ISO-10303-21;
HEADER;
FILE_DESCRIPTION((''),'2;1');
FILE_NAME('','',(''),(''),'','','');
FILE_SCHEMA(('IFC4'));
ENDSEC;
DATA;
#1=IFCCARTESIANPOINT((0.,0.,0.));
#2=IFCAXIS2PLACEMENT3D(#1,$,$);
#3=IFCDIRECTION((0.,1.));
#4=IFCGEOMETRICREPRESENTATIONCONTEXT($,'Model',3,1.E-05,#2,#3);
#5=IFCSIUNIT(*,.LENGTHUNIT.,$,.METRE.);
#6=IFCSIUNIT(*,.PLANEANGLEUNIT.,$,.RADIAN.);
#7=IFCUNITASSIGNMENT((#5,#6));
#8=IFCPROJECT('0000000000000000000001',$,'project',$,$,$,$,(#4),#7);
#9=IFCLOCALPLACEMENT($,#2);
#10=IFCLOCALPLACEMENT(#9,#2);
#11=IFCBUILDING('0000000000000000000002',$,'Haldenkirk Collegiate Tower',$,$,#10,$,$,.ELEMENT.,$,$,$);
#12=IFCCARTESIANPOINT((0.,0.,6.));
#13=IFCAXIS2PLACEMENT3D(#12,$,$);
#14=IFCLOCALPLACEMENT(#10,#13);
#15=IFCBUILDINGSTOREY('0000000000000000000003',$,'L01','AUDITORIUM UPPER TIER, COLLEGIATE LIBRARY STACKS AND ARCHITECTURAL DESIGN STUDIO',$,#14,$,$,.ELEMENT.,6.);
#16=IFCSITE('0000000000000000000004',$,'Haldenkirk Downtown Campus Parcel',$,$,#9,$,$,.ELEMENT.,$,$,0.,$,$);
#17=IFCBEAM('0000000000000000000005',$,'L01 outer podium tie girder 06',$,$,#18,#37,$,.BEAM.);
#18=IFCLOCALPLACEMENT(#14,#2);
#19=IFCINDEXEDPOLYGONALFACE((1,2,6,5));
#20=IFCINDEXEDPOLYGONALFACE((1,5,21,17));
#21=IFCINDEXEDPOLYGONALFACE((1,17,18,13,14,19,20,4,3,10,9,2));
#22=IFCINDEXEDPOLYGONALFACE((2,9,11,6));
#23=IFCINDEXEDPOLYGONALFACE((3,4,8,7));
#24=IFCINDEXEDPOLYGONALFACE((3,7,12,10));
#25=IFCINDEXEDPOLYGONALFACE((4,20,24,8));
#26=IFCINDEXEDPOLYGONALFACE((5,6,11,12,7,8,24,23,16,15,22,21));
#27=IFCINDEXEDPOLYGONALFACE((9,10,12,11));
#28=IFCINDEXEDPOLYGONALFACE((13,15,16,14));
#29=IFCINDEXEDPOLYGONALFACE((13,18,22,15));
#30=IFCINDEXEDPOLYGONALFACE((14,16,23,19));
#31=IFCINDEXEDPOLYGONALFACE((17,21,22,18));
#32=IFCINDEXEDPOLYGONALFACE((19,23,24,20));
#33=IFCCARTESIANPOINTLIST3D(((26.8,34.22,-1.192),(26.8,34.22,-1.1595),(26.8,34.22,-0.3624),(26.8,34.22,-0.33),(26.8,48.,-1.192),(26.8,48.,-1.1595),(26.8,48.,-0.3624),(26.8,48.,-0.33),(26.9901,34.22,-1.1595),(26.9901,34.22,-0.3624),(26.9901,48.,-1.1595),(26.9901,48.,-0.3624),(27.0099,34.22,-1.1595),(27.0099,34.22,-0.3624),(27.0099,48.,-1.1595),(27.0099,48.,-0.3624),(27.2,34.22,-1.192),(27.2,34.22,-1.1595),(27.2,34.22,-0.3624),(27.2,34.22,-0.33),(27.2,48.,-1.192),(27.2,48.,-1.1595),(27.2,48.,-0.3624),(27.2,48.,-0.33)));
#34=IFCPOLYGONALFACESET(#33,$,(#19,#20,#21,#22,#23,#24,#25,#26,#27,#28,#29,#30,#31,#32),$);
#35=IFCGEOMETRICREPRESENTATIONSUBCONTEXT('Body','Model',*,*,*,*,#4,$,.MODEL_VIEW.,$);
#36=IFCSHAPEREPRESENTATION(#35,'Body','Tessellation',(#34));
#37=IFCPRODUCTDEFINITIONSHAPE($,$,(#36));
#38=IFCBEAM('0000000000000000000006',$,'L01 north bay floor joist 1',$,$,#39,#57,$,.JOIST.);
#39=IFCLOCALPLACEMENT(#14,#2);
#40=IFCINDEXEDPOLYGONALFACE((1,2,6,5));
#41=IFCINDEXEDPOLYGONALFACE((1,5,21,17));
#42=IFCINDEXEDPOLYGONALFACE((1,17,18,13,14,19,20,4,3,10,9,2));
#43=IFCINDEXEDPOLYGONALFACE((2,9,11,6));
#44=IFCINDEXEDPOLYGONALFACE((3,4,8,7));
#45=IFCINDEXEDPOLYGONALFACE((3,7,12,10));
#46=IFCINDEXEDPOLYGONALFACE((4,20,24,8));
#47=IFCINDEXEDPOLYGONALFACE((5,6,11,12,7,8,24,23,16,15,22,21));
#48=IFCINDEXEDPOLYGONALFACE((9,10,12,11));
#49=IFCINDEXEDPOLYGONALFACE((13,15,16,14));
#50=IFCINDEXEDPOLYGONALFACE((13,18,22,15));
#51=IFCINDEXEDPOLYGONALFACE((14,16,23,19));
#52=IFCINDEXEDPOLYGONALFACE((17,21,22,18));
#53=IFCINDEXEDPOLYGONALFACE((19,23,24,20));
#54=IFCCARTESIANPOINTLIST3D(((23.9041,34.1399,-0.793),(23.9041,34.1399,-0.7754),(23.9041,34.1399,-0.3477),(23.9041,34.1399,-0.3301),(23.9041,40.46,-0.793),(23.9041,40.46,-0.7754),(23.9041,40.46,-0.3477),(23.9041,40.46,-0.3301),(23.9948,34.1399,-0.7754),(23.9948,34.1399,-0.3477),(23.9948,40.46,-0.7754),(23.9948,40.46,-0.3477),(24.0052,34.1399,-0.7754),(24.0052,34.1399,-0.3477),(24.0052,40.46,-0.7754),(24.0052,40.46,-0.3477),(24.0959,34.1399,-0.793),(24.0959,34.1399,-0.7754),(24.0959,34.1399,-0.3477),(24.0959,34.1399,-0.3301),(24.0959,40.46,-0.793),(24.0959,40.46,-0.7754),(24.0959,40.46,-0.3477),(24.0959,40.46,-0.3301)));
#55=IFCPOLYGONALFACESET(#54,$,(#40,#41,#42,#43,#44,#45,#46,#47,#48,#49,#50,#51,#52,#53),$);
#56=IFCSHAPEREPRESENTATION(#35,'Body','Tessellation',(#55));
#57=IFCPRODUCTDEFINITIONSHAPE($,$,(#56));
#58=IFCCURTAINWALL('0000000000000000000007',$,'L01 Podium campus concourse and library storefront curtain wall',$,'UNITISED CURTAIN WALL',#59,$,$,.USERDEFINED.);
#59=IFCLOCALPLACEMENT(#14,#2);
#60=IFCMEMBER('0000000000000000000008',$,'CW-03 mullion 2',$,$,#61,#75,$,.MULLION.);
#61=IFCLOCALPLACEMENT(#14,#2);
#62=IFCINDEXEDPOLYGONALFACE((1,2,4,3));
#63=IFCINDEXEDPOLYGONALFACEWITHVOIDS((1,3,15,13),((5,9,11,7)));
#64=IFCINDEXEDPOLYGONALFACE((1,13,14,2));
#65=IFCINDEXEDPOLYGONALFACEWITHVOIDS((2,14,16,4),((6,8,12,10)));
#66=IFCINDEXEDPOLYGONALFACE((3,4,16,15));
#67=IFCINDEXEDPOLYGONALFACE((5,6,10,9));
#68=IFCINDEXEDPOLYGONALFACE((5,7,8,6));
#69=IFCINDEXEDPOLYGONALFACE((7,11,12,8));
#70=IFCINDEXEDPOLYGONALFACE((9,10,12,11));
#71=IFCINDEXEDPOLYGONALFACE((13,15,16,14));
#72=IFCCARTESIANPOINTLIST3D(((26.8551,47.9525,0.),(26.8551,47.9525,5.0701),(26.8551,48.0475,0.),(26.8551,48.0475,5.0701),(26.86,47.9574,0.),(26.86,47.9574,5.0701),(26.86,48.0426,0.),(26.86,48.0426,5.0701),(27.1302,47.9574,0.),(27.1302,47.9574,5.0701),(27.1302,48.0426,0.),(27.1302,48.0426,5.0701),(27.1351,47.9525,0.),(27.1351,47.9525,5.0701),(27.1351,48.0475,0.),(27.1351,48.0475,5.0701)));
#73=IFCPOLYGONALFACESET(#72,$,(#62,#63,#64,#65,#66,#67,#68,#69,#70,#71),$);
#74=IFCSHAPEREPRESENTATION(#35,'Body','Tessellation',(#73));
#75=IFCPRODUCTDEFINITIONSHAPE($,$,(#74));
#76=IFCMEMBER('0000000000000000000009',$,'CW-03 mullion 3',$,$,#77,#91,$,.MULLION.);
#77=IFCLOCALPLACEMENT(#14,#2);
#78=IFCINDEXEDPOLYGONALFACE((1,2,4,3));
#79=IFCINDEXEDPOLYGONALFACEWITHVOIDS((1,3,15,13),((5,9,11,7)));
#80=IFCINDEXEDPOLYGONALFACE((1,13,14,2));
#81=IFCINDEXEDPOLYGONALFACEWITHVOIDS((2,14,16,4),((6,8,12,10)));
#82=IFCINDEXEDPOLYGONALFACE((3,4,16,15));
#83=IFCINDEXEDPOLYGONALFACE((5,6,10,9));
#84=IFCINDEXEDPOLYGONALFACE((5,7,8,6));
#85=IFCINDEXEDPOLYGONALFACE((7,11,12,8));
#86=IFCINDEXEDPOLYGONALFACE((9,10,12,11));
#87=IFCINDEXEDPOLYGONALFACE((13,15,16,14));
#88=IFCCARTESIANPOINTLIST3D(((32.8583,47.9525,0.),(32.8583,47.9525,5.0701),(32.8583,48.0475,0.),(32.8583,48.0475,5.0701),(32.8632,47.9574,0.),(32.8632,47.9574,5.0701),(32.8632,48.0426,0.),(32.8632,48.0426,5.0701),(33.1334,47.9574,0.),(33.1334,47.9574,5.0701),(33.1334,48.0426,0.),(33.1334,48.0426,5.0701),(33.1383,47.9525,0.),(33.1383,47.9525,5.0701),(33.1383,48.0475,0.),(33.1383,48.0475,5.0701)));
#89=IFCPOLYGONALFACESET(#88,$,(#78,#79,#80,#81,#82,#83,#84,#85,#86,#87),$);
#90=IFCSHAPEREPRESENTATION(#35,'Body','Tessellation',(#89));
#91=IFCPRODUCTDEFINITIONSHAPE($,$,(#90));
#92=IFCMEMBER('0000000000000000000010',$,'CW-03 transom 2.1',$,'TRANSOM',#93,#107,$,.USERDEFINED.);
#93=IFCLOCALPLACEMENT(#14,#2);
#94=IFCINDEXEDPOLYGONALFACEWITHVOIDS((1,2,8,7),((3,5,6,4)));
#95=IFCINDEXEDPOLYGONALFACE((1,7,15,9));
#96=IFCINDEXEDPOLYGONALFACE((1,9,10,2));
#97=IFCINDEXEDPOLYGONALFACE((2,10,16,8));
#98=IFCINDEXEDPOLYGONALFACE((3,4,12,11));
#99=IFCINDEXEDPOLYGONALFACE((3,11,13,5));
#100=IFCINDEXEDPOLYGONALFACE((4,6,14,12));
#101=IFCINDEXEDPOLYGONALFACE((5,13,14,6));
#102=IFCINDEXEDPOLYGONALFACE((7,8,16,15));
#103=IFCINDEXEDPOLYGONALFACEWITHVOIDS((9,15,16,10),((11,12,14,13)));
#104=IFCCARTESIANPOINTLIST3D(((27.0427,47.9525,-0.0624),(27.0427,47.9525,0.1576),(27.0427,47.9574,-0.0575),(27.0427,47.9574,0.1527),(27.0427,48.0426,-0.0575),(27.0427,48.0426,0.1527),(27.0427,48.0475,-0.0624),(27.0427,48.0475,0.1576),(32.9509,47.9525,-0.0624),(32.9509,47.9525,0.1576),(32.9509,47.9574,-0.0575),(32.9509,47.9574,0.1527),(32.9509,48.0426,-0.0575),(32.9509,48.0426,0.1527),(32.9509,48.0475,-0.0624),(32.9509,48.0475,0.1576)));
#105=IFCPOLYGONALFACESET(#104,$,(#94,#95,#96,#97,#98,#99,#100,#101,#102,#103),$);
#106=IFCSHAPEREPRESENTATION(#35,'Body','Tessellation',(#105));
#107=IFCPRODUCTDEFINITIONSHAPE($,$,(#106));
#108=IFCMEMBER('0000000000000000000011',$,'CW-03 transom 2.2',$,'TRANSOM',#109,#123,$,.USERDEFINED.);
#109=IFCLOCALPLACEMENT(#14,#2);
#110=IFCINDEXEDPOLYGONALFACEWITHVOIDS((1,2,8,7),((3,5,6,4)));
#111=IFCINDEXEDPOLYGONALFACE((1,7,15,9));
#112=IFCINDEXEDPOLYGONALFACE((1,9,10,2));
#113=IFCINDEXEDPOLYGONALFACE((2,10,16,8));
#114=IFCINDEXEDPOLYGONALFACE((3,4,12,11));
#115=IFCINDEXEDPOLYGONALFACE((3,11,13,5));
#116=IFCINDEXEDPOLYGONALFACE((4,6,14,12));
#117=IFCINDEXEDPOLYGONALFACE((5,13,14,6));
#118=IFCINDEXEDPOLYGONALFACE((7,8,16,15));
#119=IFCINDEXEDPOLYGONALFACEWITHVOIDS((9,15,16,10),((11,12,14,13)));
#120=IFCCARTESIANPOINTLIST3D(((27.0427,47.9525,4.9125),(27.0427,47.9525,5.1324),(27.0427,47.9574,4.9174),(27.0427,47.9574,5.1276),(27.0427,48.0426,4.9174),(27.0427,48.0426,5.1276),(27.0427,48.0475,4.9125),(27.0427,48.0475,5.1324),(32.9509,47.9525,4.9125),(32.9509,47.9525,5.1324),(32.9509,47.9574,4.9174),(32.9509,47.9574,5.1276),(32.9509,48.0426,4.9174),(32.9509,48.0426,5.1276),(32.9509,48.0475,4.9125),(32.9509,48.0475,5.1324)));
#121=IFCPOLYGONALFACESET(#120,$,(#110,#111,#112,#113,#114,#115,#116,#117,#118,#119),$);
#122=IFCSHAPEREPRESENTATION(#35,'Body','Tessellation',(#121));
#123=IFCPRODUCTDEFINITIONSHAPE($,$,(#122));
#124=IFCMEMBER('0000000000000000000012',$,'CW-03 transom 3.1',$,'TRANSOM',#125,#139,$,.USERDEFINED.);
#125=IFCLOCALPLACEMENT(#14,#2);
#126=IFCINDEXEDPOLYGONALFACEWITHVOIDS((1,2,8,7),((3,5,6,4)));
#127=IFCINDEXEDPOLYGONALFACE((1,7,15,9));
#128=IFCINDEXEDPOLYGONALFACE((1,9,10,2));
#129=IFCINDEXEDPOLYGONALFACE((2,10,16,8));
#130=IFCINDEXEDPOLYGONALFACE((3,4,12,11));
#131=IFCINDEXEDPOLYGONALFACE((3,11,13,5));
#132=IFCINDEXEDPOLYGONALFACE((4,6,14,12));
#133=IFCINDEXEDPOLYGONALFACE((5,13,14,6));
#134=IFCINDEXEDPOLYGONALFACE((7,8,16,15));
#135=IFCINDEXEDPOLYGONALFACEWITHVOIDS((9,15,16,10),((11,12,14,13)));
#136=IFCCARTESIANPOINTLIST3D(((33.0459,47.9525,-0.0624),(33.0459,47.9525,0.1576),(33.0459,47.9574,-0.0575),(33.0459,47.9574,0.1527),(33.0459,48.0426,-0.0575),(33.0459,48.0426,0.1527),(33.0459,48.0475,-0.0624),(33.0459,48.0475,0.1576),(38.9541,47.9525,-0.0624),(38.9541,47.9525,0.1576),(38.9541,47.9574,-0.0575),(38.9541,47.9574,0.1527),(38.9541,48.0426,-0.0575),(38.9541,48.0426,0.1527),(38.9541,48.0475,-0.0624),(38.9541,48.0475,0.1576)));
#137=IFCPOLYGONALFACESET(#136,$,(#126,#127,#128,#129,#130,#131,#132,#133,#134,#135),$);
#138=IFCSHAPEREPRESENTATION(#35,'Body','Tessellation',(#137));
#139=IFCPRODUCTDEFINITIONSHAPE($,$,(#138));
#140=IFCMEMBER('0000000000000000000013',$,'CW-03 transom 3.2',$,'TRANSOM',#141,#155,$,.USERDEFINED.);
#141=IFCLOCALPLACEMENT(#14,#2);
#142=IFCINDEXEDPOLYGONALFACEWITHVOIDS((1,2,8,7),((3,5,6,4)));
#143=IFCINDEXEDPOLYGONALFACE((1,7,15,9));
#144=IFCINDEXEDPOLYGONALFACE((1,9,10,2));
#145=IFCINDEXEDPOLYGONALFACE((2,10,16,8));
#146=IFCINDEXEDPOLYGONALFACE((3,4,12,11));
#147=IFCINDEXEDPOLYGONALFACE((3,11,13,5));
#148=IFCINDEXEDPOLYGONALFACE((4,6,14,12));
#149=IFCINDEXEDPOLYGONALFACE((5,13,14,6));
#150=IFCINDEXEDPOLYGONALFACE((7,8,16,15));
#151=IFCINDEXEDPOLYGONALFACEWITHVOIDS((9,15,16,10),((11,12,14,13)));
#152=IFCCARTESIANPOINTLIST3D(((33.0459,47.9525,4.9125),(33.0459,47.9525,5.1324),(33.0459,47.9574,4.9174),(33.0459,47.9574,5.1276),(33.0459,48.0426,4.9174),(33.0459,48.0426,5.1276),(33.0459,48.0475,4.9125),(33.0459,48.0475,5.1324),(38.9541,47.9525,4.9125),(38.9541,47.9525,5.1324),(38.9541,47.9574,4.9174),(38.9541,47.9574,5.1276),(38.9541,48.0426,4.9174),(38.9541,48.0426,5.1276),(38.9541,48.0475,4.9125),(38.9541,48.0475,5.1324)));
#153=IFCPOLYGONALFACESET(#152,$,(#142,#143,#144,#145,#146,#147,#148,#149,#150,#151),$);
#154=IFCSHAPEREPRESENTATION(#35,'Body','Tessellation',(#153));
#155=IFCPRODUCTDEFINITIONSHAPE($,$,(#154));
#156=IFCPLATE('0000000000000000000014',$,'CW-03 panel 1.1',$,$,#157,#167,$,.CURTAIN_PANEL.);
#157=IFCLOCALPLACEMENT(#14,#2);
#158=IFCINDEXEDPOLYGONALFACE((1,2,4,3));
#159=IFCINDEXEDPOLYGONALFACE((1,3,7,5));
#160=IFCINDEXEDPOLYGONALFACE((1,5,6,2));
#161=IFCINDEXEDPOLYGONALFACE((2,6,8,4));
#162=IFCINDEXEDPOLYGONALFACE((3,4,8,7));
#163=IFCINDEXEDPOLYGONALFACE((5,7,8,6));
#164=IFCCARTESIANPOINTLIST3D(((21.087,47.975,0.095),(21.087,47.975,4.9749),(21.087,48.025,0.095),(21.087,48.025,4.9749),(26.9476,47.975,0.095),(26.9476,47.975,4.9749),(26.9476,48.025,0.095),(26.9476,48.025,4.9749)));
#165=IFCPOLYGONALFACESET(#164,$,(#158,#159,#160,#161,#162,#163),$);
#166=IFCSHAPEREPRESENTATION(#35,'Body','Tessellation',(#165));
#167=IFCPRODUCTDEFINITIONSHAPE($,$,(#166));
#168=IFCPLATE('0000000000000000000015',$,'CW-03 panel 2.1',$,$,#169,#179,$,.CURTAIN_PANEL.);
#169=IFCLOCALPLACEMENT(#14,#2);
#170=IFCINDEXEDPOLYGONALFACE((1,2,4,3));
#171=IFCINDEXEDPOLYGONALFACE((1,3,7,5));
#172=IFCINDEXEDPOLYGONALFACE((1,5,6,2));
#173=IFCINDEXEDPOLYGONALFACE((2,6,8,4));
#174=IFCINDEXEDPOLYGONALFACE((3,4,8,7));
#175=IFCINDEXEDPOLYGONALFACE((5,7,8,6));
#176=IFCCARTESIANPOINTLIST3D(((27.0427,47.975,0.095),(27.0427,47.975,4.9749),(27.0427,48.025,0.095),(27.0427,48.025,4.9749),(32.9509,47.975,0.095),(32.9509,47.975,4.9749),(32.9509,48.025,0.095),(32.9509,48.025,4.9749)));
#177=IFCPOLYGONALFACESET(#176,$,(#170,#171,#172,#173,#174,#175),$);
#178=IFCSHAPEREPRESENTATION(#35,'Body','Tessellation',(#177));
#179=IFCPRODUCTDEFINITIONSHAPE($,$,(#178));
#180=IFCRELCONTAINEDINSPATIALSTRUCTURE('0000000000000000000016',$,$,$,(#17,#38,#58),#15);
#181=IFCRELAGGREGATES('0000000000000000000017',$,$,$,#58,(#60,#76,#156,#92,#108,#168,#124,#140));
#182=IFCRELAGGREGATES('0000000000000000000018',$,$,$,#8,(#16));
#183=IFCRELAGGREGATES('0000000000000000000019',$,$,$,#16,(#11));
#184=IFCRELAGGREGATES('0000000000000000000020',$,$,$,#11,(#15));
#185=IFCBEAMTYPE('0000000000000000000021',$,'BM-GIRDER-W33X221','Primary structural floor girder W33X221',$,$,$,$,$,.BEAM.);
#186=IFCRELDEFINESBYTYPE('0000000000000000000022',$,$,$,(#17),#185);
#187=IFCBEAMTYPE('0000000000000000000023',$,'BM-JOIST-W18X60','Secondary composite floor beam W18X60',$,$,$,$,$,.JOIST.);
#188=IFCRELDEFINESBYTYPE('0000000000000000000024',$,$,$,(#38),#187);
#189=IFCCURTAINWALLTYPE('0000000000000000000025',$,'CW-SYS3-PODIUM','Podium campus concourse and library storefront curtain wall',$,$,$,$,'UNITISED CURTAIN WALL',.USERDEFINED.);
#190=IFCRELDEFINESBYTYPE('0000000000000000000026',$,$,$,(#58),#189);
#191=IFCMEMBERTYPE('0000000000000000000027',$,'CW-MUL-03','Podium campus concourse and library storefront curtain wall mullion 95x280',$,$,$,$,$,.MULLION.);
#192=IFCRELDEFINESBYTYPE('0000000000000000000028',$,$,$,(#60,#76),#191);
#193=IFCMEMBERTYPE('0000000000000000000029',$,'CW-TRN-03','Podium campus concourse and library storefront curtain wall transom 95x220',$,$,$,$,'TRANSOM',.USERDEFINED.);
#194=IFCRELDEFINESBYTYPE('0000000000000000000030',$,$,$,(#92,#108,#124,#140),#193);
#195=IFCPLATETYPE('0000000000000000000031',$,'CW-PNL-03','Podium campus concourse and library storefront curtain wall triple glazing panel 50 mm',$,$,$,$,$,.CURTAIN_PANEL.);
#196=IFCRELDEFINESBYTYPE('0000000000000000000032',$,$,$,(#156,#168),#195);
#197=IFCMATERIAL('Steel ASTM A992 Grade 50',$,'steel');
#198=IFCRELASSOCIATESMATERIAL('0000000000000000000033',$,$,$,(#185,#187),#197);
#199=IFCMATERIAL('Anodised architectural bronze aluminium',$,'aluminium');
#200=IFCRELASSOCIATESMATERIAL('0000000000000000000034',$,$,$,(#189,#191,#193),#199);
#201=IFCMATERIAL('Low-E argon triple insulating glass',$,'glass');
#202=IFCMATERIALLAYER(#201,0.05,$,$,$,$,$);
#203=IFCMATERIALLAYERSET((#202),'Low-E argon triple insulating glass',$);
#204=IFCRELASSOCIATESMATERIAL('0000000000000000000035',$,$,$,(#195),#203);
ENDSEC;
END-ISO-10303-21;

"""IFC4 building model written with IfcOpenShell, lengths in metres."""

from ifc_helpers import new_model, si_unit, direction, frame, origin, origin_2d, place, context, subcontext, project, spatial, rectangle, hollow_rectangle, i_section, extrude, source, transform, mapped, material, layer, layer_set, material_profile, profile_set, type_object, element, aggregate, save


model = new_model("IFC4")

# Units and contexts
model_context = context("Model", 3, precision=1e-05, world=origin(), true_north=direction((0.0, 1.0)))
body_context = subcontext(model_context, "Body", "Model", "MODEL_VIEW")
ifc_project = project(units=[si_unit("LENGTHUNIT", "METRE"), si_unit("PLANEANGLEUNIT", "RADIAN")], contexts=[model_context])

# Site, building, storey
site_placement = place(None, origin())
site = spatial("IfcSite", under=ifc_project, at=site_placement, Name="Haldenkirk Downtown Campus Parcel", CompositionType="ELEMENT", RefElevation=0.0)
building_placement = place(site_placement, origin())
building = spatial("IfcBuilding", under=site, at=building_placement, Name="Haldenkirk Collegiate Tower", CompositionType="ELEMENT")
storey_placement = place(building_placement, frame((0.0, 0.0, 6.0)))
storey = spatial("IfcBuildingStorey", under=building, at=storey_placement, Name="L01", Description="AUDITORIUM UPPER TIER, COLLEGIATE LIBRARY STACKS AND ARCHITECTURAL DESIGN STUDIO", CompositionType="ELEMENT", Elevation=6.0)

# Beams
ifc_material_1 = material(Name="Steel ASTM A992 Grade 50", Category="steel")
ifc_material_profile_1 = material_profile(ifc_material_1, i_section(OverallWidth=0.3999, OverallDepth=0.8621, WebThickness=0.0198, FlangeThickness=0.0325, at=origin_2d()), Name="W33X221")
ifc_profile_set_1 = profile_set([ifc_material_profile_1], Name="Steel ASTM A992 Grade 50")
beam_type_1 = type_object("IfcBeamType", Name="BM-GIRDER-W33X221", Description="Primary structural floor girder W33X221", PredefinedType="BEAM", material=ifc_profile_set_1)
beam_1_placement = place(storey_placement, frame((27.0, 48.0, -0.761), z_axis=(0.0, -1.0, 0.0), x_axis=(1.0, 0.0, 0.0)))
element("IfcBeam", 1, at=beam_1_placement, inside=storey, type_object=beam_type_1, Name="L01 outer podium tie girder 06", PredefinedType="BEAM", context=body_context, shape_type="SweptSolid", body=[
    extrude(i_section(OverallWidth=0.3999, OverallDepth=0.8621, WebThickness=0.0198, FlangeThickness=0.0325, at=origin_2d()), origin(), (0.0, 0.0, 1.0), 13.78),
])
ifc_material_profile_2 = material_profile(ifc_material_1, i_section(OverallWidth=0.1919, OverallDepth=0.4629, WebThickness=0.0105, FlangeThickness=0.0176, at=origin_2d()), Name="W18X60")
ifc_profile_set_2 = profile_set([ifc_material_profile_2], Name="Steel ASTM A992 Grade 50")
beam_type_2 = type_object("IfcBeamType", Name="BM-JOIST-W18X60", Description="Secondary composite floor beam W18X60", PredefinedType="JOIST", material=ifc_profile_set_2)
beam_2_placement = place(storey_placement, frame((24.0, 34.1399, -0.5615), z_axis=(0.0, 1.0, 0.0), x_axis=(-1.0, 0.0, 0.0)))
element("IfcBeam", 2, at=beam_2_placement, inside=storey, type_object=beam_type_2, Name="L01 north bay floor joist 1", PredefinedType="JOIST", context=body_context, shape_type="SweptSolid", body=[
    extrude(i_section(OverallWidth=0.1919, OverallDepth=0.4629, WebThickness=0.0105, FlangeThickness=0.0176, at=origin_2d()), origin(), (0.0, 0.0, 1.0), 6.3201),
])

# Curtain wall, members, plates
ifc_material_2 = material(Name="Anodised architectural bronze aluminium", Category="aluminium")
curtain_wall_type = type_object("IfcCurtainWallType", Name="CW-SYS3-PODIUM", Description="Podium campus concourse and library storefront curtain wall", ElementType="UNITISED CURTAIN WALL", PredefinedType="USERDEFINED", material=ifc_material_2)
curtain_wall_placement = place(storey_placement, origin())
curtain_wall = element("IfcCurtainWall", 3, at=curtain_wall_placement, inside=storey, type_object=curtain_wall_type, Name="L01 Podium campus concourse and library storefront curtain wall", ObjectType="UNITISED CURTAIN WALL", PredefinedType="USERDEFINED")
ifc_material_profile_3 = material_profile(ifc_material_2, hollow_rectangle(XDim=0.095, YDim=0.28, WallThickness=0.0049, at=origin_2d()), Name="CW-MUL-03")
ifc_profile_set_3 = profile_set([ifc_material_profile_3], Name="Anodised architectural bronze aluminium")
member_type_1 = type_object("IfcMemberType", Name="CW-MUL-03", Description="Podium campus concourse and library storefront curtain wall mullion 95x280", PredefinedType="MULLION", material=ifc_profile_set_3)
member_1_placement = place(storey_placement, frame((26.9951, 48.0, 0.0), z_axis=(0.0, 0.0, 1.0), x_axis=(0.0, 1.0, 0.0)))
member_1 = element("IfcMember", 4, at=member_1_placement, type_object=member_type_1, Name="CW-03 mullion 2", PredefinedType="MULLION", context=body_context, shape_type="SweptSolid", body=[
    extrude(hollow_rectangle(XDim=0.095, YDim=0.28, WallThickness=0.0049, at=origin_2d()), origin(), (0.0, 0.0, 1.0), 5.0701),
])
member_2_placement = place(storey_placement, frame((32.9983, 48.0, 0.0), z_axis=(0.0, 0.0, 1.0), x_axis=(0.0, 1.0, 0.0)))
member_2 = element("IfcMember", 5, at=member_2_placement, type_object=member_type_1, Name="CW-03 mullion 3", PredefinedType="MULLION", context=body_context, shape_type="SweptSolid", body=[
    extrude(hollow_rectangle(XDim=0.095, YDim=0.28, WallThickness=0.0049, at=origin_2d()), origin(), (0.0, 0.0, 1.0), 5.0701),
])
ifc_material_profile_4 = material_profile(ifc_material_2, hollow_rectangle(XDim=0.095, YDim=0.22, WallThickness=0.0049, at=origin_2d()), Name="CW-TRN-03")
ifc_profile_set_4 = profile_set([ifc_material_profile_4], Name="Anodised architectural bronze aluminium")
member_type_2 = type_object("IfcMemberType", Name="CW-TRN-03", Description="Podium campus concourse and library storefront curtain wall transom 95x220", ElementType="TRANSOM", PredefinedType="USERDEFINED", material=ifc_profile_set_4)
member_3_placement = place(storey_placement, frame((27.0427, 48.0, 0.0476), z_axis=(1.0, 0.0, 0.0), x_axis=(0.0, 1.0, 0.0)))
member_3 = element("IfcMember", 6, at=member_3_placement, type_object=member_type_2, Name="CW-03 transom 2.1", ObjectType="TRANSOM", PredefinedType="USERDEFINED", context=body_context, shape_type="SweptSolid", body=[
    extrude(hollow_rectangle(XDim=0.095, YDim=0.22, WallThickness=0.0049, at=origin_2d()), origin(), (0.0, 0.0, 1.0), 5.9082),
])
member_4_placement = place(storey_placement, frame((27.0427, 48.0, 5.0225), z_axis=(1.0, 0.0, 0.0), x_axis=(0.0, 1.0, 0.0)))
member_4 = element("IfcMember", 7, at=member_4_placement, type_object=member_type_2, Name="CW-03 transom 2.2", ObjectType="TRANSOM", PredefinedType="USERDEFINED", context=body_context, shape_type="SweptSolid", body=[
    extrude(hollow_rectangle(XDim=0.095, YDim=0.22, WallThickness=0.0049, at=origin_2d()), origin(), (0.0, 0.0, 1.0), 5.9082),
])
member_5_placement = place(storey_placement, frame((33.0459, 48.0, 0.0476), z_axis=(1.0, 0.0, 0.0), x_axis=(0.0, 1.0, 0.0)))
member_5 = element("IfcMember", 8, at=member_5_placement, type_object=member_type_2, Name="CW-03 transom 3.1", ObjectType="TRANSOM", PredefinedType="USERDEFINED", context=body_context, shape_type="SweptSolid", body=[
    extrude(hollow_rectangle(XDim=0.095, YDim=0.22, WallThickness=0.0049, at=origin_2d()), origin(), (0.0, 0.0, 1.0), 5.9082),
])
member_6_placement = place(storey_placement, frame((33.0459, 48.0, 5.0225), z_axis=(1.0, 0.0, 0.0), x_axis=(0.0, 1.0, 0.0)))
member_6 = element("IfcMember", 9, at=member_6_placement, type_object=member_type_2, Name="CW-03 transom 3.2", ObjectType="TRANSOM", PredefinedType="USERDEFINED", context=body_context, shape_type="SweptSolid", body=[
    extrude(hollow_rectangle(XDim=0.095, YDim=0.22, WallThickness=0.0049, at=origin_2d()), origin(), (0.0, 0.0, 1.0), 5.9082),
])
ifc_material_3 = material(Name="Low-E argon triple insulating glass", Category="glass")
ifc_layer_1 = layer(ifc_material_3, 0.05)
ifc_layer_set_1 = layer_set([ifc_layer_1], Name="Low-E argon triple insulating glass")
plate_type = type_object("IfcPlateType", Name="CW-PNL-03", Description="Podium campus concourse and library storefront curtain wall triple glazing panel 50 mm", PredefinedType="CURTAIN_PANEL", material=ifc_layer_set_1)
shared_shape_1 = source(origin(), body_context, "Body", "SweptSolid", [
    extrude(rectangle(XDim=5.8606, YDim=0.05, at=origin_2d()), origin(), (0.0, 0.0, 1.0), 4.8799),
])
plate_1_placement = place(storey_placement, frame((24.0173, 48.0, 0.095), z_axis=(0.0, 0.0, 1.0), x_axis=(1.0, 0.0, 0.0)))
plate_1 = element("IfcPlate", 10, at=plate_1_placement, type_object=plate_type, Name="CW-03 panel 1.1", PredefinedType="CURTAIN_PANEL", context=body_context, shape_type="MappedRepresentation", body=[
    mapped(shared_shape_1, transform((0.0, 0.0, 0.0), x_axis=(1.0, 0.0, 0.0), y_axis=(0.0, 1.0, 0.0), z_axis=(0.0, 0.0, 1.0), scale=1.0)),
])
shared_shape_2 = source(origin(), body_context, "Body", "SweptSolid", [
    extrude(rectangle(XDim=5.9082, YDim=0.05, at=origin_2d()), origin(), (0.0, 0.0, 1.0), 4.8799),
])
plate_2_placement = place(storey_placement, frame((29.9968, 48.0, 0.095), z_axis=(0.0, 0.0, 1.0), x_axis=(1.0, 0.0, 0.0)))
plate_2 = element("IfcPlate", 11, at=plate_2_placement, type_object=plate_type, Name="CW-03 panel 2.1", PredefinedType="CURTAIN_PANEL", context=body_context, shape_type="MappedRepresentation", body=[
    mapped(shared_shape_2, transform((0.0, 0.0, 0.0), x_axis=(1.0, 0.0, 0.0), y_axis=(0.0, 1.0, 0.0), z_axis=(0.0, 0.0, 1.0), scale=1.0)),
])
aggregate(curtain_wall, [member_1, member_2, plate_1, member_3, member_4, plate_2, member_5, member_6])

save(model, "model.ifc")
